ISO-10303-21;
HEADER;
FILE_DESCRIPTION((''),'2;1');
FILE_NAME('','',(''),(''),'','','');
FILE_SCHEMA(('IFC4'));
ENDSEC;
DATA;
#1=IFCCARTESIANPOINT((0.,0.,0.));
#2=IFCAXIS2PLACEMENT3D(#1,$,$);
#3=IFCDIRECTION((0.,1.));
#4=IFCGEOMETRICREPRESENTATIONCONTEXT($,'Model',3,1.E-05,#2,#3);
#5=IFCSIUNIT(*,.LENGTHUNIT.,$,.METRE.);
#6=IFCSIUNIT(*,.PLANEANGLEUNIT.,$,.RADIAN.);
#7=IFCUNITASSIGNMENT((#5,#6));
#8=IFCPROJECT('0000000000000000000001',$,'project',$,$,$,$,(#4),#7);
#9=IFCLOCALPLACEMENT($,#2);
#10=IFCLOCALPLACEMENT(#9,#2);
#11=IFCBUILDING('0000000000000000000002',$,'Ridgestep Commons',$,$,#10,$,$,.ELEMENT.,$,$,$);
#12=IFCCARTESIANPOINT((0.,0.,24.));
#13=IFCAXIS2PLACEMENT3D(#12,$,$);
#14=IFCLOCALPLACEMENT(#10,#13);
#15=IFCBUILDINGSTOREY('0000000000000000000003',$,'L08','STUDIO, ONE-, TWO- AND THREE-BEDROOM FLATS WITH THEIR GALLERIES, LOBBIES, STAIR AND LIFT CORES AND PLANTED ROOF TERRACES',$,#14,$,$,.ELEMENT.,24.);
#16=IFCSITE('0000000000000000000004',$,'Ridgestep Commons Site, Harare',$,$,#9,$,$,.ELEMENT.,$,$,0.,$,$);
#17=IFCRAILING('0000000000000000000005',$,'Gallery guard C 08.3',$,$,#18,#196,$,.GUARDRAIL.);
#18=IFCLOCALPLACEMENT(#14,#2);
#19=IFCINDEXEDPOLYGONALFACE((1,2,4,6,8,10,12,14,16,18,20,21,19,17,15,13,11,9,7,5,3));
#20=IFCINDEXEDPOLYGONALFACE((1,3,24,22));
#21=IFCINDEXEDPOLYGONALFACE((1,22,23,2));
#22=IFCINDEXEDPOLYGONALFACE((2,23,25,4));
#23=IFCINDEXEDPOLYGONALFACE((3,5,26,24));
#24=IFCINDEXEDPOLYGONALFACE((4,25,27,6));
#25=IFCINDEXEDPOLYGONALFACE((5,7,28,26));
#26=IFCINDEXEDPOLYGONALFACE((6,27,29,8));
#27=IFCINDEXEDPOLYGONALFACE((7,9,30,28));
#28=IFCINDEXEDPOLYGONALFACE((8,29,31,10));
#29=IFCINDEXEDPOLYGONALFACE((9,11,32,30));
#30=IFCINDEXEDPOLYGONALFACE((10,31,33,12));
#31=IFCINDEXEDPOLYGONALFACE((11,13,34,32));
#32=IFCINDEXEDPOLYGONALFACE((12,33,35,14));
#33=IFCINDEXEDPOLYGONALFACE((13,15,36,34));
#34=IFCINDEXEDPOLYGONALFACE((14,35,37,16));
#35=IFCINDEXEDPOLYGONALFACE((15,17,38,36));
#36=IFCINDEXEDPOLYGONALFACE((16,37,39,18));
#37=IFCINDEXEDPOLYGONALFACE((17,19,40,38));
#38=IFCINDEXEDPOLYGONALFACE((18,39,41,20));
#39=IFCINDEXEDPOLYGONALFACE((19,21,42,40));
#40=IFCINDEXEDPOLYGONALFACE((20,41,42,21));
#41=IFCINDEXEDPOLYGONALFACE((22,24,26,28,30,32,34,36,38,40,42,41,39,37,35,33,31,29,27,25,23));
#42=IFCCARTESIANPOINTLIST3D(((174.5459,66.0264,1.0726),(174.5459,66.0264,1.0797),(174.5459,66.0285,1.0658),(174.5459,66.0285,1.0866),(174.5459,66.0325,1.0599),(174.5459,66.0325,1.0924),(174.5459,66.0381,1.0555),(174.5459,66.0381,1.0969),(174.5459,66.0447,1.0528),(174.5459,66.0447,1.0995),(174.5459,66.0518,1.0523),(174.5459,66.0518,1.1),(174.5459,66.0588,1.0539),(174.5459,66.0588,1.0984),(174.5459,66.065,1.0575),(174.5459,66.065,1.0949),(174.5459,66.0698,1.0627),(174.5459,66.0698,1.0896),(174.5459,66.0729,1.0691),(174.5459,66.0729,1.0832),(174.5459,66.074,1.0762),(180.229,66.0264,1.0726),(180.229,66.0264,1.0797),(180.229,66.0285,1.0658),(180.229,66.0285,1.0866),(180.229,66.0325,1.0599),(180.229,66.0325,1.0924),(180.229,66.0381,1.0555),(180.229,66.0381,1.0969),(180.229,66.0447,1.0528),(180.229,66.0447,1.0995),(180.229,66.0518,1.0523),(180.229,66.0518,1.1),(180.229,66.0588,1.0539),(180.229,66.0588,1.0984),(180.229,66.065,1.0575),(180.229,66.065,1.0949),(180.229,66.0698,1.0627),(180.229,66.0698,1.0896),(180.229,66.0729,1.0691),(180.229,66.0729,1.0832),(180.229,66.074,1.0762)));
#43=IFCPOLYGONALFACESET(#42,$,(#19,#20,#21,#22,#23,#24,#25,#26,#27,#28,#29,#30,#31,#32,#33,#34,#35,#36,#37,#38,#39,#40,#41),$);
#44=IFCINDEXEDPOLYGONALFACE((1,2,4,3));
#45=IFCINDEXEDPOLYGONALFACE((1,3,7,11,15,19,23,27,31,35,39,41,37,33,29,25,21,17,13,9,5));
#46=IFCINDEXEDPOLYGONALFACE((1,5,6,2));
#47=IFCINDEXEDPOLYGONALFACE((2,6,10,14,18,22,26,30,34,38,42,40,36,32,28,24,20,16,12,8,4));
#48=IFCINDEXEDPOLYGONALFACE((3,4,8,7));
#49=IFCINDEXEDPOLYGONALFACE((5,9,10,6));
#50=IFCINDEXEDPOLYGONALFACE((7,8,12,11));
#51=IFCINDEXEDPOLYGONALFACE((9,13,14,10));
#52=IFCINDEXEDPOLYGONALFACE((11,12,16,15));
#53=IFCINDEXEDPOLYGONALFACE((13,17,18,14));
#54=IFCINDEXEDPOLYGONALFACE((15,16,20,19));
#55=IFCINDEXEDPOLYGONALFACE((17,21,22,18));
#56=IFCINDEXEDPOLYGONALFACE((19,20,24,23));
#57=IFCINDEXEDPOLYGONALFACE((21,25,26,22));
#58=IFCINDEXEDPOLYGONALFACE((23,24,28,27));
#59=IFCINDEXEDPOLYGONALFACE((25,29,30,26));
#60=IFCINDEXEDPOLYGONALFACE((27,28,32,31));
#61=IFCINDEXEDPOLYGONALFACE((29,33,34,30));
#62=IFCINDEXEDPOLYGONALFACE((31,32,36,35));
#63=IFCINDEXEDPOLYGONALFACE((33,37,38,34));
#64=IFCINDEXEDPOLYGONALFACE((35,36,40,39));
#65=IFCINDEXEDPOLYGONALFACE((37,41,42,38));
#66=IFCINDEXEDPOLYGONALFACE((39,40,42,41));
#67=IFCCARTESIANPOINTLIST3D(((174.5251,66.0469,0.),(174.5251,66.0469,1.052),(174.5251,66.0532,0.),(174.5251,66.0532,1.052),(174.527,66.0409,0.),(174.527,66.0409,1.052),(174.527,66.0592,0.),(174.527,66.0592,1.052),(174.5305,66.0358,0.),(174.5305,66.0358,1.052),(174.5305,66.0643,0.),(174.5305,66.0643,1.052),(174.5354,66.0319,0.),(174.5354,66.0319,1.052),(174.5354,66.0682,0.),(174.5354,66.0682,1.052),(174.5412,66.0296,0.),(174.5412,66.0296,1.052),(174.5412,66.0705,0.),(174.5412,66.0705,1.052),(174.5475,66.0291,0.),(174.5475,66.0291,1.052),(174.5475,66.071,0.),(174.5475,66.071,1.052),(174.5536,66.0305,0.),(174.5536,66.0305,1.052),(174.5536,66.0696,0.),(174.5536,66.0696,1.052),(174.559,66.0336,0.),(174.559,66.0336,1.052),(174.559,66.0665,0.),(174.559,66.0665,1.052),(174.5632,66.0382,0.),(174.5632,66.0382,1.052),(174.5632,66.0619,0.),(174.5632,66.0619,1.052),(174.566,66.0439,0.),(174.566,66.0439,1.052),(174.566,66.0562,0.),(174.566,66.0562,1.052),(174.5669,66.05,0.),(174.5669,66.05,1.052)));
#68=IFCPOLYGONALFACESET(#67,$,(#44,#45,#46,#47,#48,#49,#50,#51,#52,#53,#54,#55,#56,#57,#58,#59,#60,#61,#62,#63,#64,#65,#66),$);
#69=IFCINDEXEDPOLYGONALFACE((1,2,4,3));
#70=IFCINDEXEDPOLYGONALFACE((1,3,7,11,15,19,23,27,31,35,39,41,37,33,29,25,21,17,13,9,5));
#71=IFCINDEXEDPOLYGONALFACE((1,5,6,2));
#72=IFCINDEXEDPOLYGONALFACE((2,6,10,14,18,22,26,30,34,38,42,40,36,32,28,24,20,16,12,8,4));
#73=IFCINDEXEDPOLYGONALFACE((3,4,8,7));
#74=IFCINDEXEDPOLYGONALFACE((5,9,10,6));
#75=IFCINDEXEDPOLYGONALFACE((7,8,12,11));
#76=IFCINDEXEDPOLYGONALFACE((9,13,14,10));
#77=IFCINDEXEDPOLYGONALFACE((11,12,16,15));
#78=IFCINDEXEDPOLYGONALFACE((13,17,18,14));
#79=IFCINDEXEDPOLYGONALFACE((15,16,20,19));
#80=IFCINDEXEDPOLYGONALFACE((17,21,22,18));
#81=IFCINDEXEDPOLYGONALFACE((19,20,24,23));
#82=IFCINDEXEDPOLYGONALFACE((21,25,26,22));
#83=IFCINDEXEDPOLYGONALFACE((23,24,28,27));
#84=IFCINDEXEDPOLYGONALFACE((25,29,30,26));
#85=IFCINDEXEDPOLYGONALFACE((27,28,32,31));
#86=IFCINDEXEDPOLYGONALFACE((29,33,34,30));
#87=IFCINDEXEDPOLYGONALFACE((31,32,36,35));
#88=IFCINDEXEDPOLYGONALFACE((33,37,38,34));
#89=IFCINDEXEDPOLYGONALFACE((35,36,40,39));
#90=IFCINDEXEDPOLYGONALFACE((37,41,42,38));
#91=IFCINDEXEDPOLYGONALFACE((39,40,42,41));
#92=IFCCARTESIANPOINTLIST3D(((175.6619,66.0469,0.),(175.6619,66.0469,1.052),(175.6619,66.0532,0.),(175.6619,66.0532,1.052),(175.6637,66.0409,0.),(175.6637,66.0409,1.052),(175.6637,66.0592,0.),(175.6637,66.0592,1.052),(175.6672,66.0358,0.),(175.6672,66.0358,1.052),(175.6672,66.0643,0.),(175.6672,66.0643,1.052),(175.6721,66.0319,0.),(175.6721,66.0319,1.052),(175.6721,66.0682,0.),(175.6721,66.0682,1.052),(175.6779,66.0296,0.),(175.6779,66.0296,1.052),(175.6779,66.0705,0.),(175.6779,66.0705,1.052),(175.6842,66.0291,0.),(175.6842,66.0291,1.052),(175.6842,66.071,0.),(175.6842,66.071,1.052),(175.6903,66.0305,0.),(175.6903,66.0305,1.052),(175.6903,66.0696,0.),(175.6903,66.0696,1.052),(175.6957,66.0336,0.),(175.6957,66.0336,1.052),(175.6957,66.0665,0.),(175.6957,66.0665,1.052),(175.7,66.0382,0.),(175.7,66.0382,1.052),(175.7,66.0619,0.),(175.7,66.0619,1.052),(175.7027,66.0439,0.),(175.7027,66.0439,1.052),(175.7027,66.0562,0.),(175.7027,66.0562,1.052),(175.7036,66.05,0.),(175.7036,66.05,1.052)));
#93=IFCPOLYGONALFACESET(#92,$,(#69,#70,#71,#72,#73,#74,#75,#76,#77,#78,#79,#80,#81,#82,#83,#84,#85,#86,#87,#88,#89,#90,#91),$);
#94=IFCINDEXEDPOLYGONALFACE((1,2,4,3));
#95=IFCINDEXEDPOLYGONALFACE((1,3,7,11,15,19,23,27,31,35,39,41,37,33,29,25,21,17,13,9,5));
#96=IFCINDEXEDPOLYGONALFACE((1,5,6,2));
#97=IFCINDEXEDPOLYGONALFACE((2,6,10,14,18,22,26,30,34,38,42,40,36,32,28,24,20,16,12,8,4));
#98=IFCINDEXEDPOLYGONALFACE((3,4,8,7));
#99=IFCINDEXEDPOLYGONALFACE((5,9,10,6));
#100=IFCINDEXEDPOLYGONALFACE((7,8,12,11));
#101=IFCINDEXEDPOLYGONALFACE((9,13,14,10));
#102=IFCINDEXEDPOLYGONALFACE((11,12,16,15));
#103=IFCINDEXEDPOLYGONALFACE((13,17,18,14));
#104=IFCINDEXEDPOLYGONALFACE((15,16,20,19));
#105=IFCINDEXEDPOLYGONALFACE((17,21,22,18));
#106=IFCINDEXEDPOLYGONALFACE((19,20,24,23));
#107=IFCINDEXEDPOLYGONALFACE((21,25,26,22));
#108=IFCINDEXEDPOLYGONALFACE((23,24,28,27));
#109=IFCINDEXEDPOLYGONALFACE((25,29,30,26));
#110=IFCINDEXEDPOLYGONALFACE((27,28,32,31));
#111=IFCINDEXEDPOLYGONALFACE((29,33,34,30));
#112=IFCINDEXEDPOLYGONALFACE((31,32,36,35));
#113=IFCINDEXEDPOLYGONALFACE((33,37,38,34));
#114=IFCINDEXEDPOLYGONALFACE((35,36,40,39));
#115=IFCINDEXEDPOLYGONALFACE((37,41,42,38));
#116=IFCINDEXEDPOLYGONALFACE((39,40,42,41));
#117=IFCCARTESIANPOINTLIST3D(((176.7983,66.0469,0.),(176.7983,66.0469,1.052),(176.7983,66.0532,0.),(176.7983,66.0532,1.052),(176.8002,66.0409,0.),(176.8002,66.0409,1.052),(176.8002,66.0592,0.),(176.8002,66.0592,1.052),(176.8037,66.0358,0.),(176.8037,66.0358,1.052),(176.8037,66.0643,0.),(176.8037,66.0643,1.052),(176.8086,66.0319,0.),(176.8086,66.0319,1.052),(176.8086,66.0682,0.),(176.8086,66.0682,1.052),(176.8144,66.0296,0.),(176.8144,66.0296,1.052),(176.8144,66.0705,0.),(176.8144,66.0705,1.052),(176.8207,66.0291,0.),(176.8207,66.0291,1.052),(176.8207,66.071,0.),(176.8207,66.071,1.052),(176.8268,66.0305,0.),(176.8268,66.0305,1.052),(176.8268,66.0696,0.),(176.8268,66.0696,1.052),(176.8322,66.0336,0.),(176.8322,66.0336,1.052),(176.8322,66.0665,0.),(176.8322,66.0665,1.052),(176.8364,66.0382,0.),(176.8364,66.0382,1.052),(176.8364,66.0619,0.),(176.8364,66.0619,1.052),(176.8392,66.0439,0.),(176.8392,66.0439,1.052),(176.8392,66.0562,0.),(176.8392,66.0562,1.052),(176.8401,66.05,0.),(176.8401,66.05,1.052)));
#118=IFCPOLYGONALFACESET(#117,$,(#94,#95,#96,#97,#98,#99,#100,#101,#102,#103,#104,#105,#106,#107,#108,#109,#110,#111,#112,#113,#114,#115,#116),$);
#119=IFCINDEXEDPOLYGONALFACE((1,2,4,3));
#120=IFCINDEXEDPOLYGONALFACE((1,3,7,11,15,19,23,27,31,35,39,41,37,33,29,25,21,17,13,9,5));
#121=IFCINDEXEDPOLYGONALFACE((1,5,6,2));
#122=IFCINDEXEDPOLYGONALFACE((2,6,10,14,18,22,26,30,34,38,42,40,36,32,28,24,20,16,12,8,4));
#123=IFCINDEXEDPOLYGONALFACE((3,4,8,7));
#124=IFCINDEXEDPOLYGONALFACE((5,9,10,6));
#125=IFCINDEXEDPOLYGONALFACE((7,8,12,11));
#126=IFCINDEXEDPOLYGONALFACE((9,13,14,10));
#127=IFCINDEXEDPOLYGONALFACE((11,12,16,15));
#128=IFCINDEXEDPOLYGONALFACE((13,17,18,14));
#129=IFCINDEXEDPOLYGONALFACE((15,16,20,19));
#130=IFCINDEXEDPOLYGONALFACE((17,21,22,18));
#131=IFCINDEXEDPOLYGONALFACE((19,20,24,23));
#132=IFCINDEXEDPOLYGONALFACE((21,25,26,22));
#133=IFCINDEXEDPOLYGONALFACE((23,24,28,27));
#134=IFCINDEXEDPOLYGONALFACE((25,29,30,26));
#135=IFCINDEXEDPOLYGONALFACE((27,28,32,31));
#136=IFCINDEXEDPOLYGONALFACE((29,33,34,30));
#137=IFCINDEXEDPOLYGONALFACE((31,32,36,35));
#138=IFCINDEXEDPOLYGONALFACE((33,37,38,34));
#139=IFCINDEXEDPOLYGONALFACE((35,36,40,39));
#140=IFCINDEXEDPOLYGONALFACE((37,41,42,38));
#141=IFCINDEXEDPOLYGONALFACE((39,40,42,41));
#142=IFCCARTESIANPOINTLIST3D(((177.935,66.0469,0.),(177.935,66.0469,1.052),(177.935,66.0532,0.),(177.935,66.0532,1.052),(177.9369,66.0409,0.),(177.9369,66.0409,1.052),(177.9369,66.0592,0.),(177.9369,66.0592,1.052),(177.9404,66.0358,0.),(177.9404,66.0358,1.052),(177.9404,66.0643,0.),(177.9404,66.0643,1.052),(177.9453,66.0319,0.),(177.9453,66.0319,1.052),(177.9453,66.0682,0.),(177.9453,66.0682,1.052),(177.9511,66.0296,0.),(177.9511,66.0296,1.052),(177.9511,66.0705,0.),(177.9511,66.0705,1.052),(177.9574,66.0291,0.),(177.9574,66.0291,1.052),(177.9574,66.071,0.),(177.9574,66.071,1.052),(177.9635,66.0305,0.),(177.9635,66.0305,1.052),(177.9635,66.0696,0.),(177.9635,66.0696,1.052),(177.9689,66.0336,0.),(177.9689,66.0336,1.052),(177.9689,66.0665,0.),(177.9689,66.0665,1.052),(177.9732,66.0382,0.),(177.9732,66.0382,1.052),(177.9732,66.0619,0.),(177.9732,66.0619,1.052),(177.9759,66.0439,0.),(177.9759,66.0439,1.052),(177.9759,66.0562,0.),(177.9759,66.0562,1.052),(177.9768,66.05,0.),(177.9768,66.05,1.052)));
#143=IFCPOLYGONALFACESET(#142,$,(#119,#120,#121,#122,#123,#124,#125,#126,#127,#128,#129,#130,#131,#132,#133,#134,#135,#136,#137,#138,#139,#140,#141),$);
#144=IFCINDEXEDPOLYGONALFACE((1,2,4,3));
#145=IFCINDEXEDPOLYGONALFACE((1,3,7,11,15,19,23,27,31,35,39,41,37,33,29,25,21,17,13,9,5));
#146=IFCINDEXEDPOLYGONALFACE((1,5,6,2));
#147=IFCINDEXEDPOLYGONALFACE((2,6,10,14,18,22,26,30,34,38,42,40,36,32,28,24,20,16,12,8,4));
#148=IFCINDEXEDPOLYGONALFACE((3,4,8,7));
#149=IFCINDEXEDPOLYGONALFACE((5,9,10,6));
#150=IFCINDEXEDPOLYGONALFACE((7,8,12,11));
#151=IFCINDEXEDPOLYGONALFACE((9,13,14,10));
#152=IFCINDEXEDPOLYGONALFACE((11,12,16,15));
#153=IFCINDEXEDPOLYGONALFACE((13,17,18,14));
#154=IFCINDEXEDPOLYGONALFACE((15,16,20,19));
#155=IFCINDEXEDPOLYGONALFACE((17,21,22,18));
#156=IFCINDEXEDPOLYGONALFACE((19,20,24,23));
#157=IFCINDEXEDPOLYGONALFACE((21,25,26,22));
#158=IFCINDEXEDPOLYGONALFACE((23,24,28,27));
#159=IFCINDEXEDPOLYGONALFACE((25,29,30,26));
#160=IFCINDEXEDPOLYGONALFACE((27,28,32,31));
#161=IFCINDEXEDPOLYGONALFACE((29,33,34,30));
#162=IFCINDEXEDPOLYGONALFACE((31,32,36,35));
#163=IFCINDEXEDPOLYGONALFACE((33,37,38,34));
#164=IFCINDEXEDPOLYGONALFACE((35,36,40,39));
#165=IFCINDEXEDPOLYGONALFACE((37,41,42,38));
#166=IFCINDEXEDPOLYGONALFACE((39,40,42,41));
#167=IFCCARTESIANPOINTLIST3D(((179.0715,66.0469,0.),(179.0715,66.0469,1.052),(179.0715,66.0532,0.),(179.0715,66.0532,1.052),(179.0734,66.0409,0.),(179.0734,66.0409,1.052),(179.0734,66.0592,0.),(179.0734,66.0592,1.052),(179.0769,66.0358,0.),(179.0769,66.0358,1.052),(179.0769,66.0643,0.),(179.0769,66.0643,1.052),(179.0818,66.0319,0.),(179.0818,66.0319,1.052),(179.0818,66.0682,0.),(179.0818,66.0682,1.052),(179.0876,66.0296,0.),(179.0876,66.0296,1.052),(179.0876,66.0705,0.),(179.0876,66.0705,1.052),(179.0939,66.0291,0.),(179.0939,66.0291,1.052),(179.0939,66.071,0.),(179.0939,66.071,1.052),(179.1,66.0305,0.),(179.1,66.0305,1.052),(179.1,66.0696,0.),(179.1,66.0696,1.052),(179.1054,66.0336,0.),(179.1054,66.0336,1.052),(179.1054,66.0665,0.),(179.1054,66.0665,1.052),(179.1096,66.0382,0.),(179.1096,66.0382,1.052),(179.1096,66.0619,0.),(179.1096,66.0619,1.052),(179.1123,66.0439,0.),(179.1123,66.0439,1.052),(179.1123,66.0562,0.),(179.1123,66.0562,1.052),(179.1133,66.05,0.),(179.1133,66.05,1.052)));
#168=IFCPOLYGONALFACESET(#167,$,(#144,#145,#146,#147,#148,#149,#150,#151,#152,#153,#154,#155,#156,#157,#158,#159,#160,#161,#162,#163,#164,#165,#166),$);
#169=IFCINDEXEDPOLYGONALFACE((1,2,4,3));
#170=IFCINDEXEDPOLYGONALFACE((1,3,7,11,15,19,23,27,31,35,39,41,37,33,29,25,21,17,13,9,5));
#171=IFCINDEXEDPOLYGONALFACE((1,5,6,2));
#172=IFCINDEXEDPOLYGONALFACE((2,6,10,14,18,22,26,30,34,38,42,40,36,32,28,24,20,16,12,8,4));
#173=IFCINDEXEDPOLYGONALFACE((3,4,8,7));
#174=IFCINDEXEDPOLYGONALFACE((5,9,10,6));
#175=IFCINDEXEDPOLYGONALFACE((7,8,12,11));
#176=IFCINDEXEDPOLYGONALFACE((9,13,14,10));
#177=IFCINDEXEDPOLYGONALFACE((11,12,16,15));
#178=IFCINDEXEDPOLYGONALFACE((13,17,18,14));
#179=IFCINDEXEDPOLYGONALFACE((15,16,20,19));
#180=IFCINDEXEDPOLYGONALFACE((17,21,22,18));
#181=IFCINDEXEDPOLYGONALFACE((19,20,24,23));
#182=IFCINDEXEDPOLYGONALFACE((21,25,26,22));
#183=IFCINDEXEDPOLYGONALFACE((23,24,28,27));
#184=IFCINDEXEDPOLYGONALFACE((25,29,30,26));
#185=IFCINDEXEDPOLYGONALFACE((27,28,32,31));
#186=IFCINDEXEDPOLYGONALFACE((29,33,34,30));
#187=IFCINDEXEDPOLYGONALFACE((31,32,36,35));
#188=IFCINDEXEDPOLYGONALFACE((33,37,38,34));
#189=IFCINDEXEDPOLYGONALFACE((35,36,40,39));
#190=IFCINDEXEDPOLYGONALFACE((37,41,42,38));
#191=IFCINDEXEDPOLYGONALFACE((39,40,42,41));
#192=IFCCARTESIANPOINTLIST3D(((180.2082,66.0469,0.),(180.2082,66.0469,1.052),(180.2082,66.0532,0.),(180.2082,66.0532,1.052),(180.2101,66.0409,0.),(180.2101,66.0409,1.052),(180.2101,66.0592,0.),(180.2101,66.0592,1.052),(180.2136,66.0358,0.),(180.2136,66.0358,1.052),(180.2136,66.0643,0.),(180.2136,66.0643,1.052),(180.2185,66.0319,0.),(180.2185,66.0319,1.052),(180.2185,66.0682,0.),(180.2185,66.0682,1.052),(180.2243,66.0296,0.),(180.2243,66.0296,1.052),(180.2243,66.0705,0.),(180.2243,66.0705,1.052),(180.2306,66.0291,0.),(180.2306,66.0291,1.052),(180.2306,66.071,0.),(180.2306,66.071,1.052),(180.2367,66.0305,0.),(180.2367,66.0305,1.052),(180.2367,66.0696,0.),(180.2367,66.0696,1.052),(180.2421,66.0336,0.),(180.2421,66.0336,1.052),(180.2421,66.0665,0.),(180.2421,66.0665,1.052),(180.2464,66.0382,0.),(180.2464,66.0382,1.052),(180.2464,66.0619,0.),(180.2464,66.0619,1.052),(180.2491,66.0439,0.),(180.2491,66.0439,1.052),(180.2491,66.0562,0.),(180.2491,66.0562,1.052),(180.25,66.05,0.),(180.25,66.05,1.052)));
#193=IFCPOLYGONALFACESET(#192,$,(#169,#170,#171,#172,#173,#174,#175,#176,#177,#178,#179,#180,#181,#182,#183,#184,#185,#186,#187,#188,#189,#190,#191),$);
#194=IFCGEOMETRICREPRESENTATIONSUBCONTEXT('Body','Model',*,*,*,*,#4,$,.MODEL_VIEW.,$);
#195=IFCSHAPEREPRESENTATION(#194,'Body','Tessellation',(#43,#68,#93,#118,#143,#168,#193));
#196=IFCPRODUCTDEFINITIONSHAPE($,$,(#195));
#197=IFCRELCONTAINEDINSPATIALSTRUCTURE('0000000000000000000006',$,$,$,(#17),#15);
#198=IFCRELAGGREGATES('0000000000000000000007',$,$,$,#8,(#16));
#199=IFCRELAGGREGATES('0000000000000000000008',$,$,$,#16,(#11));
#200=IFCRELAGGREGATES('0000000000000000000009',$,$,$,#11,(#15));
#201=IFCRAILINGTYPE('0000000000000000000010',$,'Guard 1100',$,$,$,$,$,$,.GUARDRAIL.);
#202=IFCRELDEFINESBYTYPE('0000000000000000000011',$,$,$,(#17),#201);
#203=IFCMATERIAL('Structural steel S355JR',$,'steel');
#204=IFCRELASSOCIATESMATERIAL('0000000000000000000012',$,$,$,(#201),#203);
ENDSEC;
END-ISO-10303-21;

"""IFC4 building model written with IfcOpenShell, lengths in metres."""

from ifc_helpers import new_model, si_unit, direction, frame, origin, origin_2d, place, context, subcontext, project, spatial, circle, extrude, material, type_object, element, save


model = new_model("IFC4")

# Units and contexts
model_context = context("Model", 3, precision=1e-05, world=origin(), true_north=direction((0.0, 1.0)))
body_context = subcontext(model_context, "Body", "Model", "MODEL_VIEW")
ifc_project = project(units=[si_unit("LENGTHUNIT", "METRE"), si_unit("PLANEANGLEUNIT", "RADIAN")], contexts=[model_context])

# Site, building, storey
site_placement = place(None, origin())
site = spatial("IfcSite", under=ifc_project, at=site_placement, Name="Ridgestep Commons Site, Harare", CompositionType="ELEMENT", RefElevation=0.0)
building_placement = place(site_placement, origin())
building = spatial("IfcBuilding", under=site, at=building_placement, Name="Ridgestep Commons", CompositionType="ELEMENT")
storey_placement = place(building_placement, frame((0.0, 0.0, 24.0)))
storey = spatial("IfcBuildingStorey", under=building, at=storey_placement, Name="L08", Description="STUDIO, ONE-, TWO- AND THREE-BEDROOM FLATS WITH THEIR GALLERIES, LOBBIES, STAIR AND LIFT CORES AND PLANTED ROOF TERRACES", CompositionType="ELEMENT", Elevation=24.0)

# Railing
ifc_material_1 = material(Name="Structural steel S355JR", Category="steel")
railing_type_1 = type_object("IfcRailingType", Name="Guard 1100", PredefinedType="GUARDRAIL", material=ifc_material_1)
railing_1_placement = place(storey_placement, frame((174.5459, 66.05, 0.0)))
element("IfcRailing", 1, at=railing_1_placement, inside=storey, type_object=railing_type_1, Name="Gallery guard C 08.3", PredefinedType="GUARDRAIL", context=body_context, shape_type="SweptSolid", body=[
    extrude(circle(Radius=0.0239, at=origin_2d()), frame((0.0, 0.0, 1.0762), z_axis=(1.0, 0.0, 0.0), x_axis=(0.0, 1.0, 0.0)), (0.0, 0.0, 1.0), 5.6831),
    extrude(circle(Radius=0.021, at=origin_2d()), origin(), (0.0, 0.0, 1.0), 1.052),
    extrude(circle(Radius=0.021, at=origin_2d()), frame((1.1367, 0.0, 0.0)), (0.0, 0.0, 1.0), 1.052),
    extrude(circle(Radius=0.021, at=origin_2d()), frame((2.2732, 0.0, 0.0)), (0.0, 0.0, 1.0), 1.052),
    extrude(circle(Radius=0.021, at=origin_2d()), frame((3.4099, 0.0, 0.0)), (0.0, 0.0, 1.0), 1.052),
    extrude(circle(Radius=0.021, at=origin_2d()), frame((4.5464, 0.0, 0.0)), (0.0, 0.0, 1.0), 1.052),
    extrude(circle(Radius=0.021, at=origin_2d()), frame((5.6831, 0.0, 0.0)), (0.0, 0.0, 1.0), 1.052),
])

save(model, "model.ifc")
